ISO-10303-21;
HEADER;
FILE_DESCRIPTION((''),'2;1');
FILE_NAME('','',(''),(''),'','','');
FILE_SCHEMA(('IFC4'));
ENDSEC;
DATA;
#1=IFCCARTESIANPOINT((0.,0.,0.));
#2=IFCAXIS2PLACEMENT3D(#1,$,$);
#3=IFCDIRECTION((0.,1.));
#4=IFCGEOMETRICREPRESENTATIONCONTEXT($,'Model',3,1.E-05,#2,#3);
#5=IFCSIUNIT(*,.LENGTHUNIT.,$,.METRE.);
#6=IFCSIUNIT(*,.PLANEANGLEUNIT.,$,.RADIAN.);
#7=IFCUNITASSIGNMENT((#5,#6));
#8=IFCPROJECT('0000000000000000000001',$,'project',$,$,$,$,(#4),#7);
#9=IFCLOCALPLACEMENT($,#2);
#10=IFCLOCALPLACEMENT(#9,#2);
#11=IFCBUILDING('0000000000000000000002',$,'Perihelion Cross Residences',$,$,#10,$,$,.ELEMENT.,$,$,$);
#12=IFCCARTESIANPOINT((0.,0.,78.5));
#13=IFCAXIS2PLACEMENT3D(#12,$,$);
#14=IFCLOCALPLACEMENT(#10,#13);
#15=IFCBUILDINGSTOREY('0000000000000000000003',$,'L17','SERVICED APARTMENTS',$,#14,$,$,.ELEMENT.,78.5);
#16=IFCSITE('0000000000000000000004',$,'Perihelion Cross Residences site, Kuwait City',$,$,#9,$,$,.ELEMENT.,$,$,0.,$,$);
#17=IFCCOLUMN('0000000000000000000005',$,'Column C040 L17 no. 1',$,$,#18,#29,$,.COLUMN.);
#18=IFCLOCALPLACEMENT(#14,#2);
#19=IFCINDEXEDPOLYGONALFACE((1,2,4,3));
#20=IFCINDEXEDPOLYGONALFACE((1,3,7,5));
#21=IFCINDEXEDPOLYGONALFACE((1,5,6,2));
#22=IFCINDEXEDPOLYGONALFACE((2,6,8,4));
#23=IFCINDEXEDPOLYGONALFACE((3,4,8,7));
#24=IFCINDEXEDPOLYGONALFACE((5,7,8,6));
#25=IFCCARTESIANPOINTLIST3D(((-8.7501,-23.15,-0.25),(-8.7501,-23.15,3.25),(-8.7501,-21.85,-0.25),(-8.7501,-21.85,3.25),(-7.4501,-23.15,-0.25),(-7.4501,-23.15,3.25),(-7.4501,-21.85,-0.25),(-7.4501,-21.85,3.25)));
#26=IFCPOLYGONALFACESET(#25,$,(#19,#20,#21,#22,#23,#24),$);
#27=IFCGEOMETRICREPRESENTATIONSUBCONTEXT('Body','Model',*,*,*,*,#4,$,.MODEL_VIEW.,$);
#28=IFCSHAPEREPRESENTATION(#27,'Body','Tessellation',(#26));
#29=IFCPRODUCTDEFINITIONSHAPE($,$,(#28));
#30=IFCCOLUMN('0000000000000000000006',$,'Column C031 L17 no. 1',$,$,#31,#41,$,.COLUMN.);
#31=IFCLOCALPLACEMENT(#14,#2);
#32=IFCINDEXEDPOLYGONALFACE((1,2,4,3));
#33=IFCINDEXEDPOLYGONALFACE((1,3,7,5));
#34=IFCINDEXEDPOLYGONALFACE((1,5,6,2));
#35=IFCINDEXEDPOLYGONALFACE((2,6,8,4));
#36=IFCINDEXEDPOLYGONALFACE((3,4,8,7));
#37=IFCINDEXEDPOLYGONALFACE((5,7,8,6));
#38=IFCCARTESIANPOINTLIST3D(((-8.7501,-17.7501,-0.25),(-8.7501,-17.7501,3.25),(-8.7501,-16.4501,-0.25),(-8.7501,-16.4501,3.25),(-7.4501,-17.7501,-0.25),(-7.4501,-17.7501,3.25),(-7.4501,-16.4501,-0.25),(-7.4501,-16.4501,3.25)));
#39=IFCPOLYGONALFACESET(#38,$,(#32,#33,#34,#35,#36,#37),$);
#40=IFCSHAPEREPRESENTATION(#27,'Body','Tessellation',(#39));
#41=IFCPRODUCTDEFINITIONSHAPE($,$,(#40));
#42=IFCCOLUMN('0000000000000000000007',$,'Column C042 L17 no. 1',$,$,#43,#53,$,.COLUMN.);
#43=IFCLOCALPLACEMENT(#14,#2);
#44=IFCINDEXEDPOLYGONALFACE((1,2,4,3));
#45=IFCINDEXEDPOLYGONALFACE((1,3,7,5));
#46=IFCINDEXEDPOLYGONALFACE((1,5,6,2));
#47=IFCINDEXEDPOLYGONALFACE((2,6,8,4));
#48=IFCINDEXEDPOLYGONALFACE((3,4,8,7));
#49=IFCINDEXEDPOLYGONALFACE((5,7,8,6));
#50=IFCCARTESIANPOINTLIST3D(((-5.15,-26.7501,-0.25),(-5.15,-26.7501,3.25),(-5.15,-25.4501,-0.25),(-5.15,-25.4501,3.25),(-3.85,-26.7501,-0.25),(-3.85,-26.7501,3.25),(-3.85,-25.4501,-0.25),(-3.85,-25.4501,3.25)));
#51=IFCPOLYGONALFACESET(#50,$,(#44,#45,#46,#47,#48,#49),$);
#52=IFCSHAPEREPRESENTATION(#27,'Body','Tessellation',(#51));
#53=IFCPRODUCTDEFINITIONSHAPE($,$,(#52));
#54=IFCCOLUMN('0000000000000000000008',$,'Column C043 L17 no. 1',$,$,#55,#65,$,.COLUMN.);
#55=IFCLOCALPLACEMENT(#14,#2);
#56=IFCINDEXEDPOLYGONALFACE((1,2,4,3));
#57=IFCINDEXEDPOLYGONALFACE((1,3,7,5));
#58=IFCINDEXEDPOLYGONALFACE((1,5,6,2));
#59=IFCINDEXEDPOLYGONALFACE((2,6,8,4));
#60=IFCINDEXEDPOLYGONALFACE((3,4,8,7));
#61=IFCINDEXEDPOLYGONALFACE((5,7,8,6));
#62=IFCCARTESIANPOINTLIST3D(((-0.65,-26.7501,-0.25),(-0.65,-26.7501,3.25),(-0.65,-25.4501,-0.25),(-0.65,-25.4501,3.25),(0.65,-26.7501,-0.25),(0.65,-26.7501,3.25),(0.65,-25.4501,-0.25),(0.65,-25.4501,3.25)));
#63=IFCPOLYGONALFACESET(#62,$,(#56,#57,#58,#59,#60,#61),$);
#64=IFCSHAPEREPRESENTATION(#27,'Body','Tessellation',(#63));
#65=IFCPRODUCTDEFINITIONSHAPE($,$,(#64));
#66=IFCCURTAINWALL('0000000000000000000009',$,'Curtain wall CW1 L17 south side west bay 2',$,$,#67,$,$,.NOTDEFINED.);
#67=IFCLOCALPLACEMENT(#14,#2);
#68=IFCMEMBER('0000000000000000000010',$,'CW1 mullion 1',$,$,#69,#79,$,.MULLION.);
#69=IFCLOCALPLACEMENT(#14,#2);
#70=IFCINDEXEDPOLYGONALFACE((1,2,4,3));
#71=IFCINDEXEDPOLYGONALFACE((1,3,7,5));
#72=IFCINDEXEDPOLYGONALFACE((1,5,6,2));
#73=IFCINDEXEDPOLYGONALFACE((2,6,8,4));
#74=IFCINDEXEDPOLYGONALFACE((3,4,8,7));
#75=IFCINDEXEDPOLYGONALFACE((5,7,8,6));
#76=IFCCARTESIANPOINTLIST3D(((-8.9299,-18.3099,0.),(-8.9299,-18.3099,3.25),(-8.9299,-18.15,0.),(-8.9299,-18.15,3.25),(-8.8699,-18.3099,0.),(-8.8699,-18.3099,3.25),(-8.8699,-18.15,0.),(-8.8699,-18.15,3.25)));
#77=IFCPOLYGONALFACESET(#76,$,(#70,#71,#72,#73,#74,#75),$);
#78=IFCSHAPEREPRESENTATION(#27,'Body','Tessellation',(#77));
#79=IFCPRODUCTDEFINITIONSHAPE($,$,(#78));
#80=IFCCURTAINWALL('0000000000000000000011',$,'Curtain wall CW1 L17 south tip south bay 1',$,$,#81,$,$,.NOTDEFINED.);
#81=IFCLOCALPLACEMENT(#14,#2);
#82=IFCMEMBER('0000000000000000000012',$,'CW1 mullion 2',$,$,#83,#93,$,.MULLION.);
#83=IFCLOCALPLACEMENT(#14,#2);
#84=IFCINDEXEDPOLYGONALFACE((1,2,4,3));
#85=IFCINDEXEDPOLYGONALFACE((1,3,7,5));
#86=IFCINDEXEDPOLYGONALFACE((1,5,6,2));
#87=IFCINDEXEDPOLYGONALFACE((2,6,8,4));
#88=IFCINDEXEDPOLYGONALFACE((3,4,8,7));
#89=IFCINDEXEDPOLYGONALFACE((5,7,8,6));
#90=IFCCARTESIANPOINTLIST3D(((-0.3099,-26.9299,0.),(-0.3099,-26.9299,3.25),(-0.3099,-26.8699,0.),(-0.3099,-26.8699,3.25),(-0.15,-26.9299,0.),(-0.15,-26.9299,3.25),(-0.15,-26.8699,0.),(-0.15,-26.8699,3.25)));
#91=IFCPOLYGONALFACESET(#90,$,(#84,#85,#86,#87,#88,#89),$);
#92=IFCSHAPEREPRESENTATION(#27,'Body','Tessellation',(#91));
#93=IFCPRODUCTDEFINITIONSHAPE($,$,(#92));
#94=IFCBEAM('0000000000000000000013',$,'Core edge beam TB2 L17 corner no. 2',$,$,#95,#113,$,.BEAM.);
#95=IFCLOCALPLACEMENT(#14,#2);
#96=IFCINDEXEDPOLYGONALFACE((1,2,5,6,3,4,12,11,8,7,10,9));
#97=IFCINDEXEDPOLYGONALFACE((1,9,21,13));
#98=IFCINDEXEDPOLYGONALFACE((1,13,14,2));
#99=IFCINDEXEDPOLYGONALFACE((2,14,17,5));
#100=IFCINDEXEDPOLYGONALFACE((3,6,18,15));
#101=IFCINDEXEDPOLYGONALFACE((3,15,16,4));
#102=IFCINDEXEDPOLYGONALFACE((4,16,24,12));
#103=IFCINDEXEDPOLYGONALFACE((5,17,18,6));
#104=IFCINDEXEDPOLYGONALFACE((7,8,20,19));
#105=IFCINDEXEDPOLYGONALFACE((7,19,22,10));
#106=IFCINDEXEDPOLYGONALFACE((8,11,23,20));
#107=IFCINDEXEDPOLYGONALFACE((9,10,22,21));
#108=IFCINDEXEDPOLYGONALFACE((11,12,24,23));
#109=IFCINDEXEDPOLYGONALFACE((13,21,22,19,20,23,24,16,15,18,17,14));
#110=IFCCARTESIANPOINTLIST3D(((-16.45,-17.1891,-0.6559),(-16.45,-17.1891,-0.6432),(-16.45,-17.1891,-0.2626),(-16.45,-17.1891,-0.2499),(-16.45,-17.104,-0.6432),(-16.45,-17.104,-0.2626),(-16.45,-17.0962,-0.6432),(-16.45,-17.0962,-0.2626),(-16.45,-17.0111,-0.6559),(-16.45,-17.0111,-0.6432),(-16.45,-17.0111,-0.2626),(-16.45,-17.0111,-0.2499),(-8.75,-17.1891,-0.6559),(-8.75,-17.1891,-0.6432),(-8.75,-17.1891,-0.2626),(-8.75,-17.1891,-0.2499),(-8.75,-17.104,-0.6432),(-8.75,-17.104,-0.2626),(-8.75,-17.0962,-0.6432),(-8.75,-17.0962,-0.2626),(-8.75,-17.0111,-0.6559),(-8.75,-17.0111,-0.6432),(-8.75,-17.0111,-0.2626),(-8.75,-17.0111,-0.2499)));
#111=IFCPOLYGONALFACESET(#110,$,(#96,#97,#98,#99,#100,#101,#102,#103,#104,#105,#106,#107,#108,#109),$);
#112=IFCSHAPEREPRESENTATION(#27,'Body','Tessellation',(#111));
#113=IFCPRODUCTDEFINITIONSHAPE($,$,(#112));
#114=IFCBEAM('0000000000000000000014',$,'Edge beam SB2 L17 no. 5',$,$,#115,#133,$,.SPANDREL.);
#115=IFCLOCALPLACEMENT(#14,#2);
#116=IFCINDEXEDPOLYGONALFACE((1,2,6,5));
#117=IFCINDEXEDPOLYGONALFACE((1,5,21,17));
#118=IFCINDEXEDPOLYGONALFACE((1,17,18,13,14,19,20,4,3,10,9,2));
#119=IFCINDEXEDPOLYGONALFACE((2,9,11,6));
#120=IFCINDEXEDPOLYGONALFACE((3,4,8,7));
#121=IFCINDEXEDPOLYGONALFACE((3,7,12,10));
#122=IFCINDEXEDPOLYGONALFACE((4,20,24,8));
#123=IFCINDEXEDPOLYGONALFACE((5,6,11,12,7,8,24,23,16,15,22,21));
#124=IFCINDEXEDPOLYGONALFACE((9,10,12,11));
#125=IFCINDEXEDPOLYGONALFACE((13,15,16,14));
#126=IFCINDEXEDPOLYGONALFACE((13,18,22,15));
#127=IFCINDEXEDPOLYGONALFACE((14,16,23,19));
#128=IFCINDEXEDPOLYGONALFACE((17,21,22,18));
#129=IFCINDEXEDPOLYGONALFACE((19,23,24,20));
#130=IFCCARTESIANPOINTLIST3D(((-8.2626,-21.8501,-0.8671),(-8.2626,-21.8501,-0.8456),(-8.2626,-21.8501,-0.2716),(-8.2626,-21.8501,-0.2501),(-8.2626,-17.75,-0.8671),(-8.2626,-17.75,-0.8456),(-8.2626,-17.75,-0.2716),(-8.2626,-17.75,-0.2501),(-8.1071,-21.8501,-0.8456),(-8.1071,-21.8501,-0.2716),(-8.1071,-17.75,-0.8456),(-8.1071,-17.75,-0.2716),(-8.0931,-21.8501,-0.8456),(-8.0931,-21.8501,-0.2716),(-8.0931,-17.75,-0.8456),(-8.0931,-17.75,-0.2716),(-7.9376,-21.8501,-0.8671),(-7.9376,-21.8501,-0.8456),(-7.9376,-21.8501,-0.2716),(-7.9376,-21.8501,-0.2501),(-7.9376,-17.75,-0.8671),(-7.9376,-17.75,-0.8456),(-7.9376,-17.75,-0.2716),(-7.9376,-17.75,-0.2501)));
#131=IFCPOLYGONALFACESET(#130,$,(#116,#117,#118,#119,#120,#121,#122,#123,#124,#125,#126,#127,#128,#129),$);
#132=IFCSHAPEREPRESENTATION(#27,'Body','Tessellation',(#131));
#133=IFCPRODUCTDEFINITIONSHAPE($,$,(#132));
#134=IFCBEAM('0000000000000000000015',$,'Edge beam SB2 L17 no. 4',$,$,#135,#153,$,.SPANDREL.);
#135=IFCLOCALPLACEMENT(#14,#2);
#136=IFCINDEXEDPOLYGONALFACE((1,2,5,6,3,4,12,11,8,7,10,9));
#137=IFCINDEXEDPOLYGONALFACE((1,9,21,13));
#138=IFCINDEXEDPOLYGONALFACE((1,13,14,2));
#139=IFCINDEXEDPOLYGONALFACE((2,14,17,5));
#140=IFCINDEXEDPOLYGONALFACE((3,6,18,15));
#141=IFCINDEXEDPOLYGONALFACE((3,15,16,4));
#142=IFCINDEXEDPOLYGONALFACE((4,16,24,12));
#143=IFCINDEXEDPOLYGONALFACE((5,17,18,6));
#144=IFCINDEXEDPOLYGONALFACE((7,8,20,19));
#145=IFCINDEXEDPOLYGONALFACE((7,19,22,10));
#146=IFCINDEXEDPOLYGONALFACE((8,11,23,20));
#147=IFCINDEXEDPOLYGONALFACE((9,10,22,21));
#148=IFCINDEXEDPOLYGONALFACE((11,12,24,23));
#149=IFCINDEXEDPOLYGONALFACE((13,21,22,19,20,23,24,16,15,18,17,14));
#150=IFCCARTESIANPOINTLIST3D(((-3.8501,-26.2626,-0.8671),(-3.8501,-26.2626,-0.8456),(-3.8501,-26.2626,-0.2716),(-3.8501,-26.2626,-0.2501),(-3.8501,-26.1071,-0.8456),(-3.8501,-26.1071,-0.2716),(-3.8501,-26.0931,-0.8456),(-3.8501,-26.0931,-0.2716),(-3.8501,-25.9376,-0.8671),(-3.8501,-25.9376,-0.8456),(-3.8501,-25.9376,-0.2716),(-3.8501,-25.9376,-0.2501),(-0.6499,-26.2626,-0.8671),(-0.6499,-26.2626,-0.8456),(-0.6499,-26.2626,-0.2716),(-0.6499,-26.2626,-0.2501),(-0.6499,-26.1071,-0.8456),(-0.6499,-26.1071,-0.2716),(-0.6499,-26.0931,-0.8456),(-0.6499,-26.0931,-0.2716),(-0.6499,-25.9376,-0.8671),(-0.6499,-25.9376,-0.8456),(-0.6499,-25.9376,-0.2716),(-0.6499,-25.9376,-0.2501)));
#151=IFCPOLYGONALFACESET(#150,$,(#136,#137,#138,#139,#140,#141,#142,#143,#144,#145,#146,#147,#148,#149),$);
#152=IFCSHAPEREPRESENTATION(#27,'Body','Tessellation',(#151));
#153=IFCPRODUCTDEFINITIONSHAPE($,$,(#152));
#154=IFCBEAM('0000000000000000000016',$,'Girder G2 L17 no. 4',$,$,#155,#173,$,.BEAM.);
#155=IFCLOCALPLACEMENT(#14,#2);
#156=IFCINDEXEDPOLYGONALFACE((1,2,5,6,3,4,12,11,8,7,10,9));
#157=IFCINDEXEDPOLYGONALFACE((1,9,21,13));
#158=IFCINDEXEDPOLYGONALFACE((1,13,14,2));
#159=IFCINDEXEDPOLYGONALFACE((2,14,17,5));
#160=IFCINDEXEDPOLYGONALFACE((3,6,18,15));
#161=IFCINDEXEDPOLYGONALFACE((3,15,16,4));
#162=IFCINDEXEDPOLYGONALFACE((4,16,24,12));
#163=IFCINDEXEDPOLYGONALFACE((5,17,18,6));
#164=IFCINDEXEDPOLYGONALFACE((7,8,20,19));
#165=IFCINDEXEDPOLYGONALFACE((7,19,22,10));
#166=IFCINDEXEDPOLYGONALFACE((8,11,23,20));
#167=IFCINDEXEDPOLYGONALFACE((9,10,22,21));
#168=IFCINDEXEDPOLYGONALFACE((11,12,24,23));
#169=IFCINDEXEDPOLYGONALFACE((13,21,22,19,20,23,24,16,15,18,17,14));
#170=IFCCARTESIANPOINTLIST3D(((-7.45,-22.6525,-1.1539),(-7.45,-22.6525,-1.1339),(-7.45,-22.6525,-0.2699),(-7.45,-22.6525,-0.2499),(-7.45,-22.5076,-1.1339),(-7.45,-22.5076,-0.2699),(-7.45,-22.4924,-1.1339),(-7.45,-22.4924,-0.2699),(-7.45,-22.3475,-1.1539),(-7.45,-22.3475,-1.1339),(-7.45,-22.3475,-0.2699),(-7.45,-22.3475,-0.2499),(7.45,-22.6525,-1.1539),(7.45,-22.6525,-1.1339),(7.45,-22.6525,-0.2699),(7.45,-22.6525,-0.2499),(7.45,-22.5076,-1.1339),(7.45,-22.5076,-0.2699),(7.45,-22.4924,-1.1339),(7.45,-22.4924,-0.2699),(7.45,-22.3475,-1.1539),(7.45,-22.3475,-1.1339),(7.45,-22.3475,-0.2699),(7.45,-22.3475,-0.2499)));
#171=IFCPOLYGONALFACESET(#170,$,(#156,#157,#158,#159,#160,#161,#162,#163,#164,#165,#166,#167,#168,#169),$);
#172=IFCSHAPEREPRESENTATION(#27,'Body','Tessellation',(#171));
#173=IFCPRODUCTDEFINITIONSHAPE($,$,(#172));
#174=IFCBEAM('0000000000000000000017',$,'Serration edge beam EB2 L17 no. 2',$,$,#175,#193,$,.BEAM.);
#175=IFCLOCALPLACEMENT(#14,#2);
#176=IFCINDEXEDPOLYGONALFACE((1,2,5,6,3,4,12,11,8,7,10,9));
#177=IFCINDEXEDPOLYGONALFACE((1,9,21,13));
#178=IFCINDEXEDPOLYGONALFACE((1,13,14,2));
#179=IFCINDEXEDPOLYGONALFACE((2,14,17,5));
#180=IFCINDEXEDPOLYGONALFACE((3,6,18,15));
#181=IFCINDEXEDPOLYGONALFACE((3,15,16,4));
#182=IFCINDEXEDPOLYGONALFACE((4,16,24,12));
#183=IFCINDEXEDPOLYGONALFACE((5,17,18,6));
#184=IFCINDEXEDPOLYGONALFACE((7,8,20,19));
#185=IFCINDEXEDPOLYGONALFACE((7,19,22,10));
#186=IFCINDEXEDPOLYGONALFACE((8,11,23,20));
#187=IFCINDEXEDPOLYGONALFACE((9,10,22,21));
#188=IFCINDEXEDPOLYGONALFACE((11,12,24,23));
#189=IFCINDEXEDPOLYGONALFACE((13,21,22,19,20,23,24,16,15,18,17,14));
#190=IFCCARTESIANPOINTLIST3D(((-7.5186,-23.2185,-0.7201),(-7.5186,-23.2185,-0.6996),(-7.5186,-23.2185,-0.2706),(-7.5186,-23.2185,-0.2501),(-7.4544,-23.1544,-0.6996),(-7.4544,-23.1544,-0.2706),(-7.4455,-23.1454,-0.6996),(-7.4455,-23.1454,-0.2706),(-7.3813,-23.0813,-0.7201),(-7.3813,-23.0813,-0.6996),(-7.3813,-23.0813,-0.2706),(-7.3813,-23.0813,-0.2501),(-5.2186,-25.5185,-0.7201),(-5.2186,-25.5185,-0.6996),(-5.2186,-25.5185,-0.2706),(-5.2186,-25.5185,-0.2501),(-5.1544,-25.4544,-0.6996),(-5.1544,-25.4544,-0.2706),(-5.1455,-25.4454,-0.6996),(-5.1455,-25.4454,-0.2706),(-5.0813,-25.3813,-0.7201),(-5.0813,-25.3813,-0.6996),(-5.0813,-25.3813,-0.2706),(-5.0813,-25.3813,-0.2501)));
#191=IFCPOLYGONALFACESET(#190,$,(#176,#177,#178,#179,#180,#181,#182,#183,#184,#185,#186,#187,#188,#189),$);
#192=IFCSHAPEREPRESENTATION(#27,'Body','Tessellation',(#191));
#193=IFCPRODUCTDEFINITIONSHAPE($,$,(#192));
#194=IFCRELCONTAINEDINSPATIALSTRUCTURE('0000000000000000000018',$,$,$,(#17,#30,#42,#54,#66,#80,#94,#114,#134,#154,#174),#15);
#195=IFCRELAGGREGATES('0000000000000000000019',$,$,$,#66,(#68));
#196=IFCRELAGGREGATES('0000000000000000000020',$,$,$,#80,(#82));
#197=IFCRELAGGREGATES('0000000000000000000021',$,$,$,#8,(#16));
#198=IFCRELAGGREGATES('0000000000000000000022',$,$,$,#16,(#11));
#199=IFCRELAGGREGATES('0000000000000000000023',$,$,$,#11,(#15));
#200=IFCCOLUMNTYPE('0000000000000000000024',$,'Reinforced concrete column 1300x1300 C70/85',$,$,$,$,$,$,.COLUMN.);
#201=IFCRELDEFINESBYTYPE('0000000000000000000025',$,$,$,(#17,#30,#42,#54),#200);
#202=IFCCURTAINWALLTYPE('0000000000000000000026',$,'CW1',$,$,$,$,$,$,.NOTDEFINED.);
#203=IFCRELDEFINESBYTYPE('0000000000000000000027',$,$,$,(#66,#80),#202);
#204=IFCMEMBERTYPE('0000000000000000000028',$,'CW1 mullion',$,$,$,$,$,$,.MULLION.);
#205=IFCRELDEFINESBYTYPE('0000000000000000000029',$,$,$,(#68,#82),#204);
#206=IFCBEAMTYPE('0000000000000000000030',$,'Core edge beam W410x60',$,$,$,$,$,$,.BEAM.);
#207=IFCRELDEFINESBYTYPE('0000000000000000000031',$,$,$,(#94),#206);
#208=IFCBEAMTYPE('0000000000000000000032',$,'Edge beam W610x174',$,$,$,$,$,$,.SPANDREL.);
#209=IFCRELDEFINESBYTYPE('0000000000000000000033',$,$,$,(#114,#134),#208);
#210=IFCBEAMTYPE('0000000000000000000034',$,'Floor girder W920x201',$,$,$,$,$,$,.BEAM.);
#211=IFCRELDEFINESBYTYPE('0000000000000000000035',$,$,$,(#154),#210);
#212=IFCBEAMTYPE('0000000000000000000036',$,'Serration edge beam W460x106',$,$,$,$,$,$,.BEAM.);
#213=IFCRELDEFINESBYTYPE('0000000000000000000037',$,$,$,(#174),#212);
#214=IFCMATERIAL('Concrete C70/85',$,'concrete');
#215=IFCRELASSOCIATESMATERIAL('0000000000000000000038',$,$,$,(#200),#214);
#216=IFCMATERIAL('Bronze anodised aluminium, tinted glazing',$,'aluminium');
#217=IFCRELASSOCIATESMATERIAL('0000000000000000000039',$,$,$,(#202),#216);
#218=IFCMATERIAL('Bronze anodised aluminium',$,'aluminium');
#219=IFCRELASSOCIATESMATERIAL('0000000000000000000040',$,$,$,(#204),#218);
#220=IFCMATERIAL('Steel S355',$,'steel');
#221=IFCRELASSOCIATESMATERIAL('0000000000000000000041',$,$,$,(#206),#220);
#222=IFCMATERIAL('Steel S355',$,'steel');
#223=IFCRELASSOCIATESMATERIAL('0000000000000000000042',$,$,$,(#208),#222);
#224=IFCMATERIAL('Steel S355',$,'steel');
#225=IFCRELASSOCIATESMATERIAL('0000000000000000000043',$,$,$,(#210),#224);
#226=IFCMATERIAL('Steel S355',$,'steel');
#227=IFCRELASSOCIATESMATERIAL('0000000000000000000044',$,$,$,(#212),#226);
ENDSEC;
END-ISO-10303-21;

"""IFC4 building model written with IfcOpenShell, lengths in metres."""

from ifc_helpers import new_model, si_unit, direction, frame, origin, origin_2d, place, context, subcontext, project, spatial, rectangle, i_section, extrude, material, material_profile, profile_set, type_object, element, aggregate, save


model = new_model("IFC4")

# Units and contexts
model_context = context("Model", 3, precision=1e-05, world=origin(), true_north=direction((0.0, 1.0)))
body_context = subcontext(model_context, "Body", "Model", "MODEL_VIEW")
ifc_project = project(units=[si_unit("LENGTHUNIT", "METRE"), si_unit("PLANEANGLEUNIT", "RADIAN")], contexts=[model_context])

# Site, building, storey
site_placement = place(None, origin())
site = spatial("IfcSite", under=ifc_project, at=site_placement, Name="Perihelion Cross Residences site, Kuwait City", CompositionType="ELEMENT", RefElevation=0.0)
building_placement = place(site_placement, origin())
building = spatial("IfcBuilding", under=site, at=building_placement, Name="Perihelion Cross Residences", CompositionType="ELEMENT")
storey_placement = place(building_placement, frame((0.0, 0.0, 78.5)))
storey = spatial("IfcBuildingStorey", under=building, at=storey_placement, Name="L17", Description="SERVICED APARTMENTS", CompositionType="ELEMENT", Elevation=78.5)

# Columns
ifc_material_1 = material(Name="Concrete C70/85", Category="concrete")
ifc_material_profile_1 = material_profile(ifc_material_1, rectangle(XDim=1.3, YDim=1.3, at=origin_2d()), Name="RC 1300x1300")
ifc_profile_set_1 = profile_set([ifc_material_profile_1], Name="Concrete C70/85")
column_type = type_object("IfcColumnType", Name="Reinforced concrete column 1300x1300 C70/85", PredefinedType="COLUMN", material=ifc_profile_set_1)
for number, where, z_axis, x_axis, name in (
    (1, (-8.1001, -22.5, -0.25), (0.0, 0.0, 1.0), (1.0, 0.0, 0.0), "Column C040 L17 no. 1"),
    (2, (-8.1001, -17.1001, -0.25), (0.0, 0.0, 1.0), (1.0, 0.0, 0.0), "Column C031 L17 no. 1"),
    (3, (-4.5, -26.1001, -0.25), (0.0, 0.0, 1.0), (1.0, 0.0, 0.0), "Column C042 L17 no. 1"),
    (4, (0.0, -26.1001, -0.25), (0.0, 0.0, 1.0), (1.0, 0.0, 0.0), "Column C043 L17 no. 1"),
):
    element("IfcColumn", number, at=place(storey_placement, frame(where, z_axis=z_axis, x_axis=x_axis)), inside=storey, type_object=column_type, Name=name, PredefinedType="COLUMN", context=body_context, shape_type="SweptSolid", body=[
        extrude(rectangle(XDim=1.3, YDim=1.3, at=origin_2d()), origin(), (0.0, 0.0, 1.0), 3.5),
    ])

# Curtain walls, members
ifc_material_2 = material(Name="Bronze anodised aluminium, tinted glazing", Category="aluminium")
curtain_wall_type = type_object("IfcCurtainWallType", Name="CW1", PredefinedType="NOTDEFINED", material=ifc_material_2)
curtain_wall_1_placement = place(storey_placement, origin())
curtain_wall_1 = element("IfcCurtainWall", 5, at=curtain_wall_1_placement, inside=storey, type_object=curtain_wall_type, Name="Curtain wall CW1 L17 south side west bay 2", PredefinedType="NOTDEFINED")
ifc_material_3 = material(Name="Bronze anodised aluminium", Category="aluminium")
ifc_material_profile_2 = material_profile(ifc_material_3, rectangle(XDim=0.0601, YDim=0.1599, at=origin_2d()), Name="CW1 mullion")
ifc_profile_set_2 = profile_set([ifc_material_profile_2], Name="Bronze anodised aluminium")
member_type = type_object("IfcMemberType", Name="CW1 mullion", PredefinedType="MULLION", material=ifc_profile_set_2)
member_1_placement = place(storey_placement, frame((-8.8999, -18.23, 0.0), z_axis=(0.0, 0.0, 1.0), x_axis=(1.0, 0.0, 0.0)))
member_1 = element("IfcMember", 6, at=member_1_placement, type_object=member_type, Name="CW1 mullion 1", PredefinedType="MULLION", context=body_context, shape_type="SweptSolid", body=[
    extrude(rectangle(XDim=0.0601, YDim=0.1599, at=origin_2d()), origin(), (0.0, 0.0, 1.0), 3.25),
])
curtain_wall_2_placement = place(storey_placement, origin())
curtain_wall_2 = element("IfcCurtainWall", 7, at=curtain_wall_2_placement, inside=storey, type_object=curtain_wall_type, Name="Curtain wall CW1 L17 south tip south bay 1", PredefinedType="NOTDEFINED")
member_2_placement = place(storey_placement, frame((-0.23, -26.8999, 0.0), z_axis=(0.0, 0.0, 1.0), x_axis=(0.0, 1.0, 0.0)))
member_2 = element("IfcMember", 8, at=member_2_placement, type_object=member_type, Name="CW1 mullion 2", PredefinedType="MULLION", context=body_context, shape_type="SweptSolid", body=[
    extrude(rectangle(XDim=0.0601, YDim=0.1599, at=origin_2d()), origin(), (0.0, 0.0, 1.0), 3.25),
])

# Beams
ifc_material_4 = material(Name="Steel S355", Category="steel")
ifc_material_profile_3 = material_profile(ifc_material_4, i_section(OverallWidth=0.178, OverallDepth=0.406, WebThickness=0.0078, FlangeThickness=0.0127, at=origin_2d()), Name="W410x60")
ifc_profile_set_3 = profile_set([ifc_material_profile_3], Name="Steel S355")
beam_type_1 = type_object("IfcBeamType", Name="Core edge beam W410x60", PredefinedType="BEAM", material=ifc_profile_set_3)
beam_1_placement = place(storey_placement, frame((-8.75, -17.1001, -0.4529), z_axis=(-1.0, 0.0, 0.0), x_axis=(0.0, -1.0, 0.0)))
element("IfcBeam", 9, at=beam_1_placement, inside=storey, type_object=beam_type_1, Name="Core edge beam TB2 L17 corner no. 2", PredefinedType="BEAM", context=body_context, shape_type="SweptSolid", body=[
    extrude(i_section(OverallWidth=0.178, OverallDepth=0.406, WebThickness=0.0078, FlangeThickness=0.0127, at=origin_2d()), origin(), (0.0, 0.0, 1.0), 7.7),
])
ifc_material_5 = material(Name="Steel S355", Category="steel")
ifc_material_profile_4 = material_profile(ifc_material_5, i_section(OverallWidth=0.325, OverallDepth=0.6169, WebThickness=0.0139, FlangeThickness=0.0215, at=origin_2d()), Name="W610x174")
ifc_profile_set_4 = profile_set([ifc_material_profile_4], Name="Steel S355")
beam_type_2 = type_object("IfcBeamType", Name="Edge beam W610x174", PredefinedType="SPANDREL", material=ifc_profile_set_4)
beam_2_placement = place(storey_placement, frame((-8.1001, -17.75, -0.5586), z_axis=(0.0, -1.0, 0.0), x_axis=(1.0, 0.0, 0.0)))
element("IfcBeam", 10, at=beam_2_placement, inside=storey, type_object=beam_type_2, Name="Edge beam SB2 L17 no. 5", PredefinedType="SPANDREL", context=body_context, shape_type="SweptSolid", body=[
    extrude(i_section(OverallWidth=0.325, OverallDepth=0.6169, WebThickness=0.0139, FlangeThickness=0.0215, at=origin_2d()), origin(), (0.0, 0.0, 1.0), 4.1001),
])
beam_3_placement = place(storey_placement, frame((-3.8501, -26.1001, -0.5586), z_axis=(1.0, 0.0, 0.0), x_axis=(0.0, 1.0, 0.0)))
element("IfcBeam", 11, at=beam_3_placement, inside=storey, type_object=beam_type_2, Name="Edge beam SB2 L17 no. 4", PredefinedType="SPANDREL", context=body_context, shape_type="SweptSolid", body=[
    extrude(i_section(OverallWidth=0.325, OverallDepth=0.6169, WebThickness=0.0139, FlangeThickness=0.0215, at=origin_2d()), origin(), (0.0, 0.0, 1.0), 3.2002),
])
ifc_material_6 = material(Name="Steel S355", Category="steel")
ifc_material_profile_5 = material_profile(ifc_material_6, i_section(OverallWidth=0.3049, OverallDepth=0.9041, WebThickness=0.0151, FlangeThickness=0.02, at=origin_2d()), Name="W920x201")
ifc_profile_set_5 = profile_set([ifc_material_profile_5], Name="Steel S355")
beam_type_3 = type_object("IfcBeamType", Name="Floor girder W920x201", PredefinedType="BEAM", material=ifc_profile_set_5)
beam_4_placement = place(storey_placement, frame((-7.45, -22.5, -0.7019), z_axis=(1.0, 0.0, 0.0), x_axis=(0.0, 1.0, 0.0)))
element("IfcBeam", 12, at=beam_4_placement, inside=storey, type_object=beam_type_3, Name="Girder G2 L17 no. 4", PredefinedType="BEAM", context=body_context, shape_type="SweptSolid", body=[
    extrude(i_section(OverallWidth=0.3049, OverallDepth=0.9041, WebThickness=0.0151, FlangeThickness=0.02, at=origin_2d()), origin(), (0.0, 0.0, 1.0), 14.8999),
])
ifc_material_7 = material(Name="Steel S355", Category="steel")
ifc_material_profile_6 = material_profile(ifc_material_7, i_section(OverallWidth=0.1941, OverallDepth=0.47, WebThickness=0.0127, FlangeThickness=0.0205, at=origin_2d()), Name="W460x106")
ifc_profile_set_6 = profile_set([ifc_material_profile_6], Name="Steel S355")
beam_type_4 = type_object("IfcBeamType", Name="Serration edge beam W460x106", PredefinedType="BEAM", material=ifc_profile_set_6)
beam_5_placement = place(storey_placement, frame((-7.45, -23.1499, -0.4851), z_axis=(0.707107, -0.707107, 0.0), x_axis=(0.707107, 0.707107, 0.0)))
element("IfcBeam", 13, at=beam_5_placement, inside=storey, type_object=beam_type_4, Name="Serration edge beam EB2 L17 no. 2", PredefinedType="BEAM", context=body_context, shape_type="SweptSolid", body=[
    extrude(i_section(OverallWidth=0.1941, OverallDepth=0.47, WebThickness=0.0127, FlangeThickness=0.0205, at=origin_2d()), origin(), (0.0, 0.0, 1.0), 3.2527),
])

aggregate(curtain_wall_1, [member_1])
aggregate(curtain_wall_2, [member_2])

save(model, "model.ifc")
